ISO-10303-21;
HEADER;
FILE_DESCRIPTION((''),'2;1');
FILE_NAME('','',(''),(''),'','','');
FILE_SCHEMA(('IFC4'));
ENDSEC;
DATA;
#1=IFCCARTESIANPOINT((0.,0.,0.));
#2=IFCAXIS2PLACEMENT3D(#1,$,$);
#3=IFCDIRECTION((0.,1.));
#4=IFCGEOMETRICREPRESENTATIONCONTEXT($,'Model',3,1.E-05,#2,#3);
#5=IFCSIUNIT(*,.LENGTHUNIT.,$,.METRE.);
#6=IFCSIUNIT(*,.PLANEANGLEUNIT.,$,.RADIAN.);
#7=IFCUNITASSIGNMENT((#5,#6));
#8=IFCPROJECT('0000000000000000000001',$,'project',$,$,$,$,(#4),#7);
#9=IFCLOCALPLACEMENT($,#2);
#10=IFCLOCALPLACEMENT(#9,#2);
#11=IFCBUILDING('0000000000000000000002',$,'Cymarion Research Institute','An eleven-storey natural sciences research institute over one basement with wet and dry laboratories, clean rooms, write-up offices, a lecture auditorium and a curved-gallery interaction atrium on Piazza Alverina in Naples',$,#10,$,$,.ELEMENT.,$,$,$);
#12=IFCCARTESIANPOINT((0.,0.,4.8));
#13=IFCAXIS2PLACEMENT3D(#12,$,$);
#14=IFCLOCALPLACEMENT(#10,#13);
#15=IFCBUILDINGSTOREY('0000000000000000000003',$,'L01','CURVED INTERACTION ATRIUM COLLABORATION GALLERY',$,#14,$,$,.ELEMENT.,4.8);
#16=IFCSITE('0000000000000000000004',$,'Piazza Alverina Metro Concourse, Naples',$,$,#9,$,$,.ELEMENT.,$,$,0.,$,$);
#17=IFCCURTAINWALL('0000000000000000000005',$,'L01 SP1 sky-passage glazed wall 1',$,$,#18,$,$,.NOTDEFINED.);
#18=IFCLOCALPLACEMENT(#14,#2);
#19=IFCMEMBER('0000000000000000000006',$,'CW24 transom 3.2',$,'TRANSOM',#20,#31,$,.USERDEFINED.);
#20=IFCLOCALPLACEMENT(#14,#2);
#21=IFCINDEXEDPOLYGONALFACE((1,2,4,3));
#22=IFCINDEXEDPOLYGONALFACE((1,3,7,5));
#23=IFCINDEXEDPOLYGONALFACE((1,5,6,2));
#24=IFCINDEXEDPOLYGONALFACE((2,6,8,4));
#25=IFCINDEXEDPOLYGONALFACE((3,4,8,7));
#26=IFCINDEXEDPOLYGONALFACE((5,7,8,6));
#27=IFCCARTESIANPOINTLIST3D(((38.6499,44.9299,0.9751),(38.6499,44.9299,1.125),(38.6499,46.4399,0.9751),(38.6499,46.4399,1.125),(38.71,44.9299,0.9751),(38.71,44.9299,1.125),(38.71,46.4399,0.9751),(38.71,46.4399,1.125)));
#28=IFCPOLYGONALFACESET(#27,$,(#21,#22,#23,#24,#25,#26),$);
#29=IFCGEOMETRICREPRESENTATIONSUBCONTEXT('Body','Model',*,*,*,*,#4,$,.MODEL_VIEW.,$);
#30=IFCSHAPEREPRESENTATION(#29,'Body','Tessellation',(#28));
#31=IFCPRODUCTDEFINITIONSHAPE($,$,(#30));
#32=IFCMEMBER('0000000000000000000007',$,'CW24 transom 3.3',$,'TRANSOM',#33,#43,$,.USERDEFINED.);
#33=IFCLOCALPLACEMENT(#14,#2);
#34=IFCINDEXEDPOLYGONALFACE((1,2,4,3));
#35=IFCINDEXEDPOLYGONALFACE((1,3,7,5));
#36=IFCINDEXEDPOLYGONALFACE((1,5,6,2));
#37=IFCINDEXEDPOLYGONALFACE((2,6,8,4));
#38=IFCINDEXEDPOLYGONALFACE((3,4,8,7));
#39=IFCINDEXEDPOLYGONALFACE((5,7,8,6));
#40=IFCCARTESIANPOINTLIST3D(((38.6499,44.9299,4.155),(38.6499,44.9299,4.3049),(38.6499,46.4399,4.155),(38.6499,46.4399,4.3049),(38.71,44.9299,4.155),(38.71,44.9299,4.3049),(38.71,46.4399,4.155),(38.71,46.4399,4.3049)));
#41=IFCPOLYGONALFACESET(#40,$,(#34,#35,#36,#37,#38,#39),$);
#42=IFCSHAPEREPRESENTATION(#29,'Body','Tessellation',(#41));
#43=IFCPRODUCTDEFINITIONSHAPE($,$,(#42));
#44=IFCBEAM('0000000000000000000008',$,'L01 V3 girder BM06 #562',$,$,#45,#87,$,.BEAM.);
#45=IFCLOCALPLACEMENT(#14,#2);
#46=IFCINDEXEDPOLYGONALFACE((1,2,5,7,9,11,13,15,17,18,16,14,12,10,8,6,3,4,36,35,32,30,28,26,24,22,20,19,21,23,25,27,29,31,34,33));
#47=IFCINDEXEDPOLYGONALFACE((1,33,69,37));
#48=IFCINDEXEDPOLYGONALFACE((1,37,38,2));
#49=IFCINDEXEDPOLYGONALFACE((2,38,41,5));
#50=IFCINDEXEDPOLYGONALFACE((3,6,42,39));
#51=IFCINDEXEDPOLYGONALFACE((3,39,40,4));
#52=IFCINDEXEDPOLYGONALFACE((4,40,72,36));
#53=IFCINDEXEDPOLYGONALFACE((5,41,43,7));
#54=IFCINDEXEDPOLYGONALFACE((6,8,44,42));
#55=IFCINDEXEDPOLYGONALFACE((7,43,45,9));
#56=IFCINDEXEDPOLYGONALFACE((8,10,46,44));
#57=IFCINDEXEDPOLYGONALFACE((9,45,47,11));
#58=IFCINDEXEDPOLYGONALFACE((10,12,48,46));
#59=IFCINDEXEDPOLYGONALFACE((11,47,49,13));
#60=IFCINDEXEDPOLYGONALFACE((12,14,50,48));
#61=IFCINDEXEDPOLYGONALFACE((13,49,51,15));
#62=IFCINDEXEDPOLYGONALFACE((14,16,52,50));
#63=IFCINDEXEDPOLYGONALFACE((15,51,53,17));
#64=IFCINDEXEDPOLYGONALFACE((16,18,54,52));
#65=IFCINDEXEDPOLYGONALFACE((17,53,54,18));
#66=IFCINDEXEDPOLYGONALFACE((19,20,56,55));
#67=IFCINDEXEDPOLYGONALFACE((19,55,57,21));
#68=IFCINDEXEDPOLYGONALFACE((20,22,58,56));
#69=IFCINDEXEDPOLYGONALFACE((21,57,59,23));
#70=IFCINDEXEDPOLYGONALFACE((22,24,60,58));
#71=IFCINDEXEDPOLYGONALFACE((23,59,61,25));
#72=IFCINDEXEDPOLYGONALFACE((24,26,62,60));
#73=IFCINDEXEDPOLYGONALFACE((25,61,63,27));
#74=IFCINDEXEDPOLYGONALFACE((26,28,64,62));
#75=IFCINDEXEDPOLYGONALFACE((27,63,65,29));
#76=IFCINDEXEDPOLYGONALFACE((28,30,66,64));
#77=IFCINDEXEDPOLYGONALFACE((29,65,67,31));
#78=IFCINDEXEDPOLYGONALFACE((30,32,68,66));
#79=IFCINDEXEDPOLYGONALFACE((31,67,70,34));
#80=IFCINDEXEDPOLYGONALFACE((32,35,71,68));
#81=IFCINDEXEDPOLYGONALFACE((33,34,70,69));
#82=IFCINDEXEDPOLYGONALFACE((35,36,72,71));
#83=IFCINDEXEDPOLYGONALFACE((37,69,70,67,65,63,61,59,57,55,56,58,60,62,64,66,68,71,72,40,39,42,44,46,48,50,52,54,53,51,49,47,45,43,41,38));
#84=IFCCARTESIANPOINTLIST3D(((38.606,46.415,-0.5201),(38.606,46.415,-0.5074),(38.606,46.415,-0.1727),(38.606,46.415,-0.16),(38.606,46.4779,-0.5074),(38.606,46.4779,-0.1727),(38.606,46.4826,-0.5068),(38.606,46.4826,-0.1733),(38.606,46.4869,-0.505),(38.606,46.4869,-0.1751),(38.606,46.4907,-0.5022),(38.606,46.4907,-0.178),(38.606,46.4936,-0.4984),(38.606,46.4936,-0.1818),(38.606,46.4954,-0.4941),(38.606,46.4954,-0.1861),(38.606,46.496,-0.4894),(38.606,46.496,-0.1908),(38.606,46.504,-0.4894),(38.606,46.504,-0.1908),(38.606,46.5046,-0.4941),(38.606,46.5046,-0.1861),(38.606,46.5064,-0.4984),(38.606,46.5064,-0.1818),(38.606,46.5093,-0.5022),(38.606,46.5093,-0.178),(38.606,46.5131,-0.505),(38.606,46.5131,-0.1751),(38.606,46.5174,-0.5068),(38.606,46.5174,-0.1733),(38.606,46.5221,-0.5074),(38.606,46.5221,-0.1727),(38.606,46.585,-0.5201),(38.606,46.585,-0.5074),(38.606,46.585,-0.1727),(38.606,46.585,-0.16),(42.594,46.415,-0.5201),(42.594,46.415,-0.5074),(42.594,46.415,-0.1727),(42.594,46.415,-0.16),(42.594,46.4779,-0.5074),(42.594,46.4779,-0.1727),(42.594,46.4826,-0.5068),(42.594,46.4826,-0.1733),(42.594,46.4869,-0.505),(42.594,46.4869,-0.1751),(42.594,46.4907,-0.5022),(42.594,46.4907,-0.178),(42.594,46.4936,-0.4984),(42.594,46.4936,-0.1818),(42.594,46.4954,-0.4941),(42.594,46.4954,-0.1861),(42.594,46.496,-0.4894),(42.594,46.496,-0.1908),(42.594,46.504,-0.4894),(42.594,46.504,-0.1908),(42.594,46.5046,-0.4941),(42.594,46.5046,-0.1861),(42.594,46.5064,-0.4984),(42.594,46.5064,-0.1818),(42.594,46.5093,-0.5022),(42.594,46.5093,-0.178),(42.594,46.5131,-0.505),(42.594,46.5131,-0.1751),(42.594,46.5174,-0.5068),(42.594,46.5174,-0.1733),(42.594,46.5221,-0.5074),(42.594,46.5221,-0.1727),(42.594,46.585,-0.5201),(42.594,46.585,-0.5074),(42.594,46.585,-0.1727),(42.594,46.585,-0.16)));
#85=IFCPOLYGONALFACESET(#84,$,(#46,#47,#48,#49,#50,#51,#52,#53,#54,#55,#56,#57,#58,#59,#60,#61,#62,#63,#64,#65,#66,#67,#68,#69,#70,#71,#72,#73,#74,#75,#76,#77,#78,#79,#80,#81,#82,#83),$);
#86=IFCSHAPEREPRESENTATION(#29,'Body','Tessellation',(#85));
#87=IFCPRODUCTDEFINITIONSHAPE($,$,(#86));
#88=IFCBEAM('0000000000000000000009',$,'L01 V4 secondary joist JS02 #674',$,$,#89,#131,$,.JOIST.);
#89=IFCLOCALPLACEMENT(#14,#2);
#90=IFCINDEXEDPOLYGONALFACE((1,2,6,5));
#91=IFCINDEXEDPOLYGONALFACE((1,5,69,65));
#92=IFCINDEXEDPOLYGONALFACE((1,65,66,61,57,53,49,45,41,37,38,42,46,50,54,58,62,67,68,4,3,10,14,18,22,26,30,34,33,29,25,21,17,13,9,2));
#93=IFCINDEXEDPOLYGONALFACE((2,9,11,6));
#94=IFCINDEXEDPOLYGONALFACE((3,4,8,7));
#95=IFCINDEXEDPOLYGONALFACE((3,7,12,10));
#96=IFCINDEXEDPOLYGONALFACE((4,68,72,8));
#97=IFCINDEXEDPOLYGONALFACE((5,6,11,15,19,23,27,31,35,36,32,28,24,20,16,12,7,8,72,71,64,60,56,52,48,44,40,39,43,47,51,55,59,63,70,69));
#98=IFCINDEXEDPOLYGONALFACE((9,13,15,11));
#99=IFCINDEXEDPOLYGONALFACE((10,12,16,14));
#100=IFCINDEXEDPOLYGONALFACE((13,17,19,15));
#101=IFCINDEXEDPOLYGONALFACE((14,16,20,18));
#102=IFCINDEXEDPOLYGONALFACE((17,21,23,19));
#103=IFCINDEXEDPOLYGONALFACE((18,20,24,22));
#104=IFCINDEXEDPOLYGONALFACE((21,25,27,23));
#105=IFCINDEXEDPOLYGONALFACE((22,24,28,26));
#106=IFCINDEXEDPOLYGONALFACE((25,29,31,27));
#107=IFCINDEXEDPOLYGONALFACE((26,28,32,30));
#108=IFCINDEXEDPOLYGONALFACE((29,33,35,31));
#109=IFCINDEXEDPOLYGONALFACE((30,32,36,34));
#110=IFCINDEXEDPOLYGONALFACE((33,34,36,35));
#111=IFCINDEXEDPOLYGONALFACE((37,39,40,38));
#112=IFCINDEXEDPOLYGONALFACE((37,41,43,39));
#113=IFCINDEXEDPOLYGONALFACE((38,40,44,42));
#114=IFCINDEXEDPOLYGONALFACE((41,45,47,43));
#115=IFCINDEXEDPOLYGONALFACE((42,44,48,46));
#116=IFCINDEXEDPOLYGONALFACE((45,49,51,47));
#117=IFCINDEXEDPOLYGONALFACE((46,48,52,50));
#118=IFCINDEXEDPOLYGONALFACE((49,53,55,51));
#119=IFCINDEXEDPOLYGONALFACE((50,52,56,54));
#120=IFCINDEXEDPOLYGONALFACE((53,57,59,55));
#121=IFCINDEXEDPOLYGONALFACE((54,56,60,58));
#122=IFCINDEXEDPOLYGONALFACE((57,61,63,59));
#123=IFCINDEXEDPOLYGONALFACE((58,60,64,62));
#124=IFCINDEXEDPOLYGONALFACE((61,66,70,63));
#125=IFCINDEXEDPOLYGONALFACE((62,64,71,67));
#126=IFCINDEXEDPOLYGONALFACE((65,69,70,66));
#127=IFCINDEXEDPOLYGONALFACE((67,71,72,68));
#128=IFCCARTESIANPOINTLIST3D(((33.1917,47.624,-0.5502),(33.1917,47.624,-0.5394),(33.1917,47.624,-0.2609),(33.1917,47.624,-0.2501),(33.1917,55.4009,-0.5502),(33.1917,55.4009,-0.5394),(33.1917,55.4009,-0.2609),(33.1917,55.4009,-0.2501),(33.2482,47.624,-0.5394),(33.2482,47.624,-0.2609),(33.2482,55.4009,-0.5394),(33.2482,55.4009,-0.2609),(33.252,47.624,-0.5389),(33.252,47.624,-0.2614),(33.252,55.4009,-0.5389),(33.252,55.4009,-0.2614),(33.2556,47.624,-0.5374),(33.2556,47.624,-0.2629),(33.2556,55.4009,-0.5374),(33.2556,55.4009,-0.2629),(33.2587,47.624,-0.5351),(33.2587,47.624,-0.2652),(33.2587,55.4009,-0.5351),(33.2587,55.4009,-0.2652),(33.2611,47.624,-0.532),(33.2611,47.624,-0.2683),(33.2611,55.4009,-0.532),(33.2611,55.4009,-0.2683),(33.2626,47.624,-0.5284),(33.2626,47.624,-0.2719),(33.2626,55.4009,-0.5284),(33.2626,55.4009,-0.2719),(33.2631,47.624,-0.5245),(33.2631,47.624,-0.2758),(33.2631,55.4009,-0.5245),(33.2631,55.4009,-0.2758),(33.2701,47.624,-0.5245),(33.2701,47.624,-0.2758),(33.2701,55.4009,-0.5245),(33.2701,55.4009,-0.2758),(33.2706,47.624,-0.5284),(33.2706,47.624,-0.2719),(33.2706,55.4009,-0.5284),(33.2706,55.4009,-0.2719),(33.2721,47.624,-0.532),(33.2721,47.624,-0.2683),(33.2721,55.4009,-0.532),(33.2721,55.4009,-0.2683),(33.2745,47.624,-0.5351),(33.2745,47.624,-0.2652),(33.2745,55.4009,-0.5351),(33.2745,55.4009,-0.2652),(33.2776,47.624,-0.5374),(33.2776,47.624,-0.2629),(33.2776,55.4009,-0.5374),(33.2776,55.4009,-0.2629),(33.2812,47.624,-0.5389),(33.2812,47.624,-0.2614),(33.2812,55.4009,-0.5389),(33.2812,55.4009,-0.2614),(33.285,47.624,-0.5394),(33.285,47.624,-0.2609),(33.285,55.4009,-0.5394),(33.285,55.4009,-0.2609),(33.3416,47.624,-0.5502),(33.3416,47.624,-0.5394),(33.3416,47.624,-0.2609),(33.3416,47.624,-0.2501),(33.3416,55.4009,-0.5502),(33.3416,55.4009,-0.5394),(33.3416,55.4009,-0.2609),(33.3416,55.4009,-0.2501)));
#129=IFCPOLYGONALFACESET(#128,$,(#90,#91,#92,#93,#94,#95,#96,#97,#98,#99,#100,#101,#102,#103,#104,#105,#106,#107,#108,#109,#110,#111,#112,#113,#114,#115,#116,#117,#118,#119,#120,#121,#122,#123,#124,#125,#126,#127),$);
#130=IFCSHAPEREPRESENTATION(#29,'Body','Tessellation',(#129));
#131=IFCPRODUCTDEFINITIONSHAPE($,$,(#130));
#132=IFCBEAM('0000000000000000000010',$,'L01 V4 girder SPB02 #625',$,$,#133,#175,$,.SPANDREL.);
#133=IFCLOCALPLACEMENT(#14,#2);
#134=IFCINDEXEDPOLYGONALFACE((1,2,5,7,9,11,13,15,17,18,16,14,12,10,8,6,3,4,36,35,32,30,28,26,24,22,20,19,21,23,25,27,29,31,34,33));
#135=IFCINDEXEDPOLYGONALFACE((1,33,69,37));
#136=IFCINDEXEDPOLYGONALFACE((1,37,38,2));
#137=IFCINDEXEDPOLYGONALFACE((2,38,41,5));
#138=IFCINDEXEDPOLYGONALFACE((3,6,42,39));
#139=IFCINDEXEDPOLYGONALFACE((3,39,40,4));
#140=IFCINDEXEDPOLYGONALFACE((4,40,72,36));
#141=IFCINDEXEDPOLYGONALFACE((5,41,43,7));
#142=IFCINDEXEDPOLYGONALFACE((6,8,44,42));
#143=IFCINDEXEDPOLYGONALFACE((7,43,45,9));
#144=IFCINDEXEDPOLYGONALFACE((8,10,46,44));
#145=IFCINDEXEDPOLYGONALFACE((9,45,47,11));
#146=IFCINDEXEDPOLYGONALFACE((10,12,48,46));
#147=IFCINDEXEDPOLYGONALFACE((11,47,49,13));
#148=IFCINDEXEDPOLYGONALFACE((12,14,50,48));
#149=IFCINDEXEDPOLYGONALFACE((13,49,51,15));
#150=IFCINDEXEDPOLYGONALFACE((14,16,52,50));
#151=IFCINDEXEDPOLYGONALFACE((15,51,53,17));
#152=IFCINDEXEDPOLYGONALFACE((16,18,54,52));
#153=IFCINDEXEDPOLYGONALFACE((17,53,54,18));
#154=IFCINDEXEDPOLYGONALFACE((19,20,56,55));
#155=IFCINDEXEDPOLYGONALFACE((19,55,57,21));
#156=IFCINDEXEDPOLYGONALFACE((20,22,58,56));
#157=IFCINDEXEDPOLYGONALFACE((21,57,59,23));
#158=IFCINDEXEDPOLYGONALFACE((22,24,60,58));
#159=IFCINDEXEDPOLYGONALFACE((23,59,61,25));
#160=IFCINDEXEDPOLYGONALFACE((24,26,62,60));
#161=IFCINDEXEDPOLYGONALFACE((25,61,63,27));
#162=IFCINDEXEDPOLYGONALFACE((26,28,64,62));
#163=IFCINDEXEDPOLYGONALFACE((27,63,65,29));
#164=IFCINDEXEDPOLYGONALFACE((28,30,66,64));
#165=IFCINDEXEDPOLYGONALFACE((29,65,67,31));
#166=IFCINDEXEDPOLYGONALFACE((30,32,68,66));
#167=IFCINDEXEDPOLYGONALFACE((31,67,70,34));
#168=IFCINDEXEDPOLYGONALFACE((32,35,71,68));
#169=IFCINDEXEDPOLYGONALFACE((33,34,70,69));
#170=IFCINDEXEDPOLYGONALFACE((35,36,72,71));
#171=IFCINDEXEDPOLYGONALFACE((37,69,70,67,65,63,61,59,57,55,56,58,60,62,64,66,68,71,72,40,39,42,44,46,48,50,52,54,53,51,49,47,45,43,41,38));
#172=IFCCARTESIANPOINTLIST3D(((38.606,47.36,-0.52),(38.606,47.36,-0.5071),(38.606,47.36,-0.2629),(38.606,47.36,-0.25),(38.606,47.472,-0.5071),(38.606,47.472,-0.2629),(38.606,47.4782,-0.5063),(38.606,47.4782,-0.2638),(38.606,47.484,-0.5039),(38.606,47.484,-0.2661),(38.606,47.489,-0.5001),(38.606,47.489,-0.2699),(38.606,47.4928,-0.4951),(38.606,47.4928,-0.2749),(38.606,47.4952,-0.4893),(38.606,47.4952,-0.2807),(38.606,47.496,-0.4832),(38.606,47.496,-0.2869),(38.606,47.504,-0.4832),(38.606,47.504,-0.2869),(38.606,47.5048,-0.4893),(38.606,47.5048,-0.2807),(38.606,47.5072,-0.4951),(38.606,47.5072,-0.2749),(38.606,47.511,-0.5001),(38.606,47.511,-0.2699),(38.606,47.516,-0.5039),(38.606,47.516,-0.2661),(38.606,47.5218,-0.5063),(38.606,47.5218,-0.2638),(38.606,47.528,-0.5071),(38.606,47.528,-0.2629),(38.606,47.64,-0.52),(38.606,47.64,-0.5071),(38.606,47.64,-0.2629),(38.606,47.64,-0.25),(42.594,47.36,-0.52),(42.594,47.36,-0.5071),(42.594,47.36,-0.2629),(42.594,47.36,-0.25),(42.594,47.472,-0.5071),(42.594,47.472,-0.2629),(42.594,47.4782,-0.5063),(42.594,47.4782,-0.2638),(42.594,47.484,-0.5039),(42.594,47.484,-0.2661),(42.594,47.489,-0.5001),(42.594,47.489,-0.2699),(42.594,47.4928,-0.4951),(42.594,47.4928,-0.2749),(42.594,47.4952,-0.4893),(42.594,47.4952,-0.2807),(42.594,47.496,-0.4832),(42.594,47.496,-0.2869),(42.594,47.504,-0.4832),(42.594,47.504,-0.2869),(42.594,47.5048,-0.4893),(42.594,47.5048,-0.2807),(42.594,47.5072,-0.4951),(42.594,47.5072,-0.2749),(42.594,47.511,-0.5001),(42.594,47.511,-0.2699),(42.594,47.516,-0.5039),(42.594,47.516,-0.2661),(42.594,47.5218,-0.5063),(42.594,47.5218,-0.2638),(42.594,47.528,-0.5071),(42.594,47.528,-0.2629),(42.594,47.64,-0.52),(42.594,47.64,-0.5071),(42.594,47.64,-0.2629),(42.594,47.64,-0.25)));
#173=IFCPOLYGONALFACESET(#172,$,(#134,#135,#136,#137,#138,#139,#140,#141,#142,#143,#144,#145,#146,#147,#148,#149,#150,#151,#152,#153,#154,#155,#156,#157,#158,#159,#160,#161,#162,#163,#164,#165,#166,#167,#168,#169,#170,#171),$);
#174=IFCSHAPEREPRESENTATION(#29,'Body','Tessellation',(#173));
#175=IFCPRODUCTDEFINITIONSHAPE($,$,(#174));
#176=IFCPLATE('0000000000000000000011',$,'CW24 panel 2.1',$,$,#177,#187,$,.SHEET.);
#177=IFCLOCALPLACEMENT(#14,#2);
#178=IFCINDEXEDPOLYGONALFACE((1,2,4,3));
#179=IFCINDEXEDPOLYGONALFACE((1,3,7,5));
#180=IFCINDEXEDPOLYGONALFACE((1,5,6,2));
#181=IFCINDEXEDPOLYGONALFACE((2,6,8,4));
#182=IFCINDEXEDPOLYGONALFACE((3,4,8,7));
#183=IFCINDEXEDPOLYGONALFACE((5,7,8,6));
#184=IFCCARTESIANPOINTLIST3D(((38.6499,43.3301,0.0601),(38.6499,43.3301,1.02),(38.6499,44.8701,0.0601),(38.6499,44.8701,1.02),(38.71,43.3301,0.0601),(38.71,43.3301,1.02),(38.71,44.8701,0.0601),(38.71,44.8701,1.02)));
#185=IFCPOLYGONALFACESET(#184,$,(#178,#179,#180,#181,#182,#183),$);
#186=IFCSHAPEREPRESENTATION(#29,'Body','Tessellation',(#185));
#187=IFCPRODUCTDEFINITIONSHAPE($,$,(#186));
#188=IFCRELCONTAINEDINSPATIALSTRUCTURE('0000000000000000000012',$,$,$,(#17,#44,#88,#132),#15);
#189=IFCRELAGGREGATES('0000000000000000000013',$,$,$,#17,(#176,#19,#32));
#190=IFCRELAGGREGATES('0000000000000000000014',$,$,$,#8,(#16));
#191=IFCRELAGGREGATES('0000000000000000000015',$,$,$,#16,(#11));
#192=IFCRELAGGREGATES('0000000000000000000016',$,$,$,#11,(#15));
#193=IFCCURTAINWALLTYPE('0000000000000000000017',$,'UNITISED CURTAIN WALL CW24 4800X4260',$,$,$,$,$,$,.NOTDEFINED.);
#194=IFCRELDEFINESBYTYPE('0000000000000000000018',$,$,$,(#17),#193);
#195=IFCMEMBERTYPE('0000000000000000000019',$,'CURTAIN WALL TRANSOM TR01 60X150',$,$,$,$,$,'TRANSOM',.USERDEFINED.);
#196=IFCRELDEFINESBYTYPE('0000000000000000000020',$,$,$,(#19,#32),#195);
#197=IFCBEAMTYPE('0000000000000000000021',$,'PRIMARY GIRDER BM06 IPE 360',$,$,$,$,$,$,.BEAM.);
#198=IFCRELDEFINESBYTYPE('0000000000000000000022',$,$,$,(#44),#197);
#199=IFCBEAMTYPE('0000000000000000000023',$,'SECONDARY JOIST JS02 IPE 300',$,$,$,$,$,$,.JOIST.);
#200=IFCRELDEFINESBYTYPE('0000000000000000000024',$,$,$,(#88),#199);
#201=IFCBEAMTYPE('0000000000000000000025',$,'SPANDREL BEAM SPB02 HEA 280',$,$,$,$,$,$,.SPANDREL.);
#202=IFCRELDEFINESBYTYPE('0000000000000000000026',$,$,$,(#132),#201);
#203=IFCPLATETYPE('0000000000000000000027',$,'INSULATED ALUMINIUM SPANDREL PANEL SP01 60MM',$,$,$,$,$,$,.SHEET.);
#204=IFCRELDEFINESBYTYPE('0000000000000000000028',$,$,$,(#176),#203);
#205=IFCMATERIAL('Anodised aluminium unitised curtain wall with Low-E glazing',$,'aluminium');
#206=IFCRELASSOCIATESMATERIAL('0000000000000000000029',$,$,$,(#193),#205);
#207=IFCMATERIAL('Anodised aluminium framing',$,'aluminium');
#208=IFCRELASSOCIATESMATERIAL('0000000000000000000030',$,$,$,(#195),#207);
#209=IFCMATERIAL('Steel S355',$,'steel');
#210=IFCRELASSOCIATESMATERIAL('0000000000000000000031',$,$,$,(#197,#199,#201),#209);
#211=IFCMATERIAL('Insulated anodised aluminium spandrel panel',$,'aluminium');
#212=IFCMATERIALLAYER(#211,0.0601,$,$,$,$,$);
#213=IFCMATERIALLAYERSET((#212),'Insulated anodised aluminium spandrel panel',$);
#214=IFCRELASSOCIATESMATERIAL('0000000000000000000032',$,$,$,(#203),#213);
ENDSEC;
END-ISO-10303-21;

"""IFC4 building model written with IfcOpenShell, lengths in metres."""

from ifc_helpers import new_model, si_unit, direction, frame, origin, origin_2d, place, context, subcontext, project, spatial, rectangle, i_section, extrude, material, layer, layer_set, material_profile, profile_set, type_object, element, aggregate, save


model = new_model("IFC4")

# Units and contexts
model_context = context("Model", 3, precision=1e-05, world=origin(), true_north=direction((0.0, 1.0)))
body_context = subcontext(model_context, "Body", "Model", "MODEL_VIEW")
ifc_project = project(units=[si_unit("LENGTHUNIT", "METRE"), si_unit("PLANEANGLEUNIT", "RADIAN")], contexts=[model_context])

# Site, building, storey
site_placement = place(None, origin())
site = spatial("IfcSite", under=ifc_project, at=site_placement, Name="Piazza Alverina Metro Concourse, Naples", CompositionType="ELEMENT", RefElevation=0.0)
building_placement = place(site_placement, origin())
building = spatial("IfcBuilding", under=site, at=building_placement, Name="Cymarion Research Institute", Description="An eleven-storey natural sciences research institute over one basement with wet and dry laboratories, clean rooms, write-up offices, a lecture auditorium and a curved-gallery interaction atrium on Piazza Alverina in Naples", CompositionType="ELEMENT")
storey_placement = place(building_placement, frame((0.0, 0.0, 4.8)))
storey = spatial("IfcBuildingStorey", under=building, at=storey_placement, Name="L01", Description="CURVED INTERACTION ATRIUM COLLABORATION GALLERY", CompositionType="ELEMENT", Elevation=4.8)

# Shared definitions
ifc_material_1 = material(Name="Steel S355", Category="steel")

# Curtain wall, members
ifc_material_2 = material(Name="Anodised aluminium unitised curtain wall with Low-E glazing", Category="aluminium")
curtain_wall_type = type_object("IfcCurtainWallType", Name="UNITISED CURTAIN WALL CW24 4800X4260", PredefinedType="NOTDEFINED", material=ifc_material_2)
curtain_wall_placement = place(storey_placement, origin())
curtain_wall = element("IfcCurtainWall", 1, at=curtain_wall_placement, inside=storey, type_object=curtain_wall_type, Name="L01 SP1 sky-passage glazed wall 1", PredefinedType="NOTDEFINED")
ifc_material_3 = material(Name="Anodised aluminium framing", Category="aluminium")
ifc_material_profile_1 = material_profile(ifc_material_3, rectangle(XDim=0.0601, YDim=0.1499, at=origin_2d()), Name="ALU TRANSOM 60x150")
ifc_profile_set_1 = profile_set([ifc_material_profile_1], Name="Anodised aluminium framing")
member_type_1 = type_object("IfcMemberType", Name="CURTAIN WALL TRANSOM TR01 60X150", ElementType="TRANSOM", PredefinedType="USERDEFINED", material=ifc_profile_set_1)
member_1_placement = place(storey_placement, frame((38.6799, 44.9299, 1.05), z_axis=(0.0, 1.0, 0.0), x_axis=(-1.0, 0.0, 0.0)))
member_1 = element("IfcMember", 2, at=member_1_placement, type_object=member_type_1, Name="CW24 transom 3.2", ObjectType="TRANSOM", PredefinedType="USERDEFINED", context=body_context, shape_type="SweptSolid", body=[
    extrude(rectangle(XDim=0.0601, YDim=0.1499, at=origin_2d()), origin(), (0.0, 0.0, 1.0), 1.51),
])
member_2_placement = place(storey_placement, frame((38.6799, 44.9299, 4.23), z_axis=(0.0, 1.0, 0.0), x_axis=(-1.0, 0.0, 0.0)))
member_2 = element("IfcMember", 3, at=member_2_placement, type_object=member_type_1, Name="CW24 transom 3.3", ObjectType="TRANSOM", PredefinedType="USERDEFINED", context=body_context, shape_type="SweptSolid", body=[
    extrude(rectangle(XDim=0.0601, YDim=0.1499, at=origin_2d()), origin(), (0.0, 0.0, 1.0), 1.51),
])

# Beams
ifc_material_profile_2 = material_profile(ifc_material_1, i_section(OverallWidth=0.1699, OverallDepth=0.3601, WebThickness=0.0081, FlangeThickness=0.0127, FilletRadius=0.0181, at=origin_2d()), Name="IPE 360")
ifc_profile_set_2 = profile_set([ifc_material_profile_2], Name="Steel S355")
beam_type_1 = type_object("IfcBeamType", Name="PRIMARY GIRDER BM06 IPE 360", PredefinedType="BEAM", material=ifc_profile_set_2)
beam_1_placement = place(storey_placement, frame((38.606, 46.5, -0.3401), z_axis=(1.0, 0.0, 0.0), x_axis=(0.0, 1.0, 0.0)))
element("IfcBeam", 4, at=beam_1_placement, inside=storey, type_object=beam_type_1, Name="L01 V3 girder BM06 #562", PredefinedType="BEAM", context=body_context, shape_type="SweptSolid", body=[
    extrude(i_section(OverallWidth=0.1699, OverallDepth=0.3601, WebThickness=0.0081, FlangeThickness=0.0127, FilletRadius=0.0181, at=origin_2d()), origin(), (0.0, 0.0, 1.0), 3.988),
])
ifc_material_profile_3 = material_profile(ifc_material_1, i_section(OverallWidth=0.1499, OverallDepth=0.3, WebThickness=0.0071, FlangeThickness=0.0107, FilletRadius=0.0149, at=origin_2d()), Name="IPE 300")
ifc_profile_set_3 = profile_set([ifc_material_profile_3], Name="Steel S355")
beam_type_2 = type_object("IfcBeamType", Name="SECONDARY JOIST JS02 IPE 300", PredefinedType="JOIST", material=ifc_profile_set_3)
beam_2_placement = place(storey_placement, frame((33.2666, 47.624, -0.4001), z_axis=(0.0, 1.0, 0.0), x_axis=(-1.0, 0.0, 0.0)))
element("IfcBeam", 5, at=beam_2_placement, inside=storey, type_object=beam_type_2, Name="L01 V4 secondary joist JS02 #674", PredefinedType="JOIST", context=body_context, shape_type="SweptSolid", body=[
    extrude(i_section(OverallWidth=0.1499, OverallDepth=0.3, WebThickness=0.0071, FlangeThickness=0.0107, FilletRadius=0.0149, at=origin_2d()), origin(), (0.0, 0.0, 1.0), 7.7769),
])
ifc_material_profile_4 = material_profile(ifc_material_1, i_section(OverallWidth=0.28, OverallDepth=0.27, WebThickness=0.0081, FlangeThickness=0.0129, FilletRadius=0.0239, at=origin_2d()), Name="HEA 280")
ifc_profile_set_4 = profile_set([ifc_material_profile_4], Name="Steel S355")
beam_type_3 = type_object("IfcBeamType", Name="SPANDREL BEAM SPB02 HEA 280", PredefinedType="SPANDREL", material=ifc_profile_set_4)
beam_3_placement = place(storey_placement, frame((38.606, 47.5, -0.385), z_axis=(1.0, 0.0, 0.0), x_axis=(0.0, 1.0, 0.0)))
element("IfcBeam", 6, at=beam_3_placement, inside=storey, type_object=beam_type_3, Name="L01 V4 girder SPB02 #625", PredefinedType="SPANDREL", context=body_context, shape_type="SweptSolid", body=[
    extrude(i_section(OverallWidth=0.28, OverallDepth=0.27, WebThickness=0.0081, FlangeThickness=0.0129, FilletRadius=0.0239, at=origin_2d()), origin(), (0.0, 0.0, 1.0), 3.988),
])

# Plate
ifc_material_4 = material(Name="Insulated anodised aluminium spandrel panel", Category="aluminium")
ifc_layer_1 = layer(ifc_material_4, 0.0601)
ifc_layer_set_1 = layer_set([ifc_layer_1], Name="Insulated anodised aluminium spandrel panel")
plate_type_1 = type_object("IfcPlateType", Name="INSULATED ALUMINIUM SPANDREL PANEL SP01 60MM", PredefinedType="SHEET", material=ifc_layer_set_1)
plate_1_placement = place(storey_placement, frame((38.6799, 44.1001, 0.0601), z_axis=(0.0, 0.0, 1.0), x_axis=(0.0, 1.0, 0.0)))
plate_1 = element("IfcPlate", 7, at=plate_1_placement, type_object=plate_type_1, Name="CW24 panel 2.1", PredefinedType="SHEET", context=body_context, shape_type="SweptSolid", body=[
    extrude(rectangle(XDim=1.54, YDim=0.0601, at=origin_2d()), origin(), (0.0, 0.0, 1.0), 0.96),
])
aggregate(curtain_wall, [plate_1, member_1, member_2])

save(model, "model.ifc")
